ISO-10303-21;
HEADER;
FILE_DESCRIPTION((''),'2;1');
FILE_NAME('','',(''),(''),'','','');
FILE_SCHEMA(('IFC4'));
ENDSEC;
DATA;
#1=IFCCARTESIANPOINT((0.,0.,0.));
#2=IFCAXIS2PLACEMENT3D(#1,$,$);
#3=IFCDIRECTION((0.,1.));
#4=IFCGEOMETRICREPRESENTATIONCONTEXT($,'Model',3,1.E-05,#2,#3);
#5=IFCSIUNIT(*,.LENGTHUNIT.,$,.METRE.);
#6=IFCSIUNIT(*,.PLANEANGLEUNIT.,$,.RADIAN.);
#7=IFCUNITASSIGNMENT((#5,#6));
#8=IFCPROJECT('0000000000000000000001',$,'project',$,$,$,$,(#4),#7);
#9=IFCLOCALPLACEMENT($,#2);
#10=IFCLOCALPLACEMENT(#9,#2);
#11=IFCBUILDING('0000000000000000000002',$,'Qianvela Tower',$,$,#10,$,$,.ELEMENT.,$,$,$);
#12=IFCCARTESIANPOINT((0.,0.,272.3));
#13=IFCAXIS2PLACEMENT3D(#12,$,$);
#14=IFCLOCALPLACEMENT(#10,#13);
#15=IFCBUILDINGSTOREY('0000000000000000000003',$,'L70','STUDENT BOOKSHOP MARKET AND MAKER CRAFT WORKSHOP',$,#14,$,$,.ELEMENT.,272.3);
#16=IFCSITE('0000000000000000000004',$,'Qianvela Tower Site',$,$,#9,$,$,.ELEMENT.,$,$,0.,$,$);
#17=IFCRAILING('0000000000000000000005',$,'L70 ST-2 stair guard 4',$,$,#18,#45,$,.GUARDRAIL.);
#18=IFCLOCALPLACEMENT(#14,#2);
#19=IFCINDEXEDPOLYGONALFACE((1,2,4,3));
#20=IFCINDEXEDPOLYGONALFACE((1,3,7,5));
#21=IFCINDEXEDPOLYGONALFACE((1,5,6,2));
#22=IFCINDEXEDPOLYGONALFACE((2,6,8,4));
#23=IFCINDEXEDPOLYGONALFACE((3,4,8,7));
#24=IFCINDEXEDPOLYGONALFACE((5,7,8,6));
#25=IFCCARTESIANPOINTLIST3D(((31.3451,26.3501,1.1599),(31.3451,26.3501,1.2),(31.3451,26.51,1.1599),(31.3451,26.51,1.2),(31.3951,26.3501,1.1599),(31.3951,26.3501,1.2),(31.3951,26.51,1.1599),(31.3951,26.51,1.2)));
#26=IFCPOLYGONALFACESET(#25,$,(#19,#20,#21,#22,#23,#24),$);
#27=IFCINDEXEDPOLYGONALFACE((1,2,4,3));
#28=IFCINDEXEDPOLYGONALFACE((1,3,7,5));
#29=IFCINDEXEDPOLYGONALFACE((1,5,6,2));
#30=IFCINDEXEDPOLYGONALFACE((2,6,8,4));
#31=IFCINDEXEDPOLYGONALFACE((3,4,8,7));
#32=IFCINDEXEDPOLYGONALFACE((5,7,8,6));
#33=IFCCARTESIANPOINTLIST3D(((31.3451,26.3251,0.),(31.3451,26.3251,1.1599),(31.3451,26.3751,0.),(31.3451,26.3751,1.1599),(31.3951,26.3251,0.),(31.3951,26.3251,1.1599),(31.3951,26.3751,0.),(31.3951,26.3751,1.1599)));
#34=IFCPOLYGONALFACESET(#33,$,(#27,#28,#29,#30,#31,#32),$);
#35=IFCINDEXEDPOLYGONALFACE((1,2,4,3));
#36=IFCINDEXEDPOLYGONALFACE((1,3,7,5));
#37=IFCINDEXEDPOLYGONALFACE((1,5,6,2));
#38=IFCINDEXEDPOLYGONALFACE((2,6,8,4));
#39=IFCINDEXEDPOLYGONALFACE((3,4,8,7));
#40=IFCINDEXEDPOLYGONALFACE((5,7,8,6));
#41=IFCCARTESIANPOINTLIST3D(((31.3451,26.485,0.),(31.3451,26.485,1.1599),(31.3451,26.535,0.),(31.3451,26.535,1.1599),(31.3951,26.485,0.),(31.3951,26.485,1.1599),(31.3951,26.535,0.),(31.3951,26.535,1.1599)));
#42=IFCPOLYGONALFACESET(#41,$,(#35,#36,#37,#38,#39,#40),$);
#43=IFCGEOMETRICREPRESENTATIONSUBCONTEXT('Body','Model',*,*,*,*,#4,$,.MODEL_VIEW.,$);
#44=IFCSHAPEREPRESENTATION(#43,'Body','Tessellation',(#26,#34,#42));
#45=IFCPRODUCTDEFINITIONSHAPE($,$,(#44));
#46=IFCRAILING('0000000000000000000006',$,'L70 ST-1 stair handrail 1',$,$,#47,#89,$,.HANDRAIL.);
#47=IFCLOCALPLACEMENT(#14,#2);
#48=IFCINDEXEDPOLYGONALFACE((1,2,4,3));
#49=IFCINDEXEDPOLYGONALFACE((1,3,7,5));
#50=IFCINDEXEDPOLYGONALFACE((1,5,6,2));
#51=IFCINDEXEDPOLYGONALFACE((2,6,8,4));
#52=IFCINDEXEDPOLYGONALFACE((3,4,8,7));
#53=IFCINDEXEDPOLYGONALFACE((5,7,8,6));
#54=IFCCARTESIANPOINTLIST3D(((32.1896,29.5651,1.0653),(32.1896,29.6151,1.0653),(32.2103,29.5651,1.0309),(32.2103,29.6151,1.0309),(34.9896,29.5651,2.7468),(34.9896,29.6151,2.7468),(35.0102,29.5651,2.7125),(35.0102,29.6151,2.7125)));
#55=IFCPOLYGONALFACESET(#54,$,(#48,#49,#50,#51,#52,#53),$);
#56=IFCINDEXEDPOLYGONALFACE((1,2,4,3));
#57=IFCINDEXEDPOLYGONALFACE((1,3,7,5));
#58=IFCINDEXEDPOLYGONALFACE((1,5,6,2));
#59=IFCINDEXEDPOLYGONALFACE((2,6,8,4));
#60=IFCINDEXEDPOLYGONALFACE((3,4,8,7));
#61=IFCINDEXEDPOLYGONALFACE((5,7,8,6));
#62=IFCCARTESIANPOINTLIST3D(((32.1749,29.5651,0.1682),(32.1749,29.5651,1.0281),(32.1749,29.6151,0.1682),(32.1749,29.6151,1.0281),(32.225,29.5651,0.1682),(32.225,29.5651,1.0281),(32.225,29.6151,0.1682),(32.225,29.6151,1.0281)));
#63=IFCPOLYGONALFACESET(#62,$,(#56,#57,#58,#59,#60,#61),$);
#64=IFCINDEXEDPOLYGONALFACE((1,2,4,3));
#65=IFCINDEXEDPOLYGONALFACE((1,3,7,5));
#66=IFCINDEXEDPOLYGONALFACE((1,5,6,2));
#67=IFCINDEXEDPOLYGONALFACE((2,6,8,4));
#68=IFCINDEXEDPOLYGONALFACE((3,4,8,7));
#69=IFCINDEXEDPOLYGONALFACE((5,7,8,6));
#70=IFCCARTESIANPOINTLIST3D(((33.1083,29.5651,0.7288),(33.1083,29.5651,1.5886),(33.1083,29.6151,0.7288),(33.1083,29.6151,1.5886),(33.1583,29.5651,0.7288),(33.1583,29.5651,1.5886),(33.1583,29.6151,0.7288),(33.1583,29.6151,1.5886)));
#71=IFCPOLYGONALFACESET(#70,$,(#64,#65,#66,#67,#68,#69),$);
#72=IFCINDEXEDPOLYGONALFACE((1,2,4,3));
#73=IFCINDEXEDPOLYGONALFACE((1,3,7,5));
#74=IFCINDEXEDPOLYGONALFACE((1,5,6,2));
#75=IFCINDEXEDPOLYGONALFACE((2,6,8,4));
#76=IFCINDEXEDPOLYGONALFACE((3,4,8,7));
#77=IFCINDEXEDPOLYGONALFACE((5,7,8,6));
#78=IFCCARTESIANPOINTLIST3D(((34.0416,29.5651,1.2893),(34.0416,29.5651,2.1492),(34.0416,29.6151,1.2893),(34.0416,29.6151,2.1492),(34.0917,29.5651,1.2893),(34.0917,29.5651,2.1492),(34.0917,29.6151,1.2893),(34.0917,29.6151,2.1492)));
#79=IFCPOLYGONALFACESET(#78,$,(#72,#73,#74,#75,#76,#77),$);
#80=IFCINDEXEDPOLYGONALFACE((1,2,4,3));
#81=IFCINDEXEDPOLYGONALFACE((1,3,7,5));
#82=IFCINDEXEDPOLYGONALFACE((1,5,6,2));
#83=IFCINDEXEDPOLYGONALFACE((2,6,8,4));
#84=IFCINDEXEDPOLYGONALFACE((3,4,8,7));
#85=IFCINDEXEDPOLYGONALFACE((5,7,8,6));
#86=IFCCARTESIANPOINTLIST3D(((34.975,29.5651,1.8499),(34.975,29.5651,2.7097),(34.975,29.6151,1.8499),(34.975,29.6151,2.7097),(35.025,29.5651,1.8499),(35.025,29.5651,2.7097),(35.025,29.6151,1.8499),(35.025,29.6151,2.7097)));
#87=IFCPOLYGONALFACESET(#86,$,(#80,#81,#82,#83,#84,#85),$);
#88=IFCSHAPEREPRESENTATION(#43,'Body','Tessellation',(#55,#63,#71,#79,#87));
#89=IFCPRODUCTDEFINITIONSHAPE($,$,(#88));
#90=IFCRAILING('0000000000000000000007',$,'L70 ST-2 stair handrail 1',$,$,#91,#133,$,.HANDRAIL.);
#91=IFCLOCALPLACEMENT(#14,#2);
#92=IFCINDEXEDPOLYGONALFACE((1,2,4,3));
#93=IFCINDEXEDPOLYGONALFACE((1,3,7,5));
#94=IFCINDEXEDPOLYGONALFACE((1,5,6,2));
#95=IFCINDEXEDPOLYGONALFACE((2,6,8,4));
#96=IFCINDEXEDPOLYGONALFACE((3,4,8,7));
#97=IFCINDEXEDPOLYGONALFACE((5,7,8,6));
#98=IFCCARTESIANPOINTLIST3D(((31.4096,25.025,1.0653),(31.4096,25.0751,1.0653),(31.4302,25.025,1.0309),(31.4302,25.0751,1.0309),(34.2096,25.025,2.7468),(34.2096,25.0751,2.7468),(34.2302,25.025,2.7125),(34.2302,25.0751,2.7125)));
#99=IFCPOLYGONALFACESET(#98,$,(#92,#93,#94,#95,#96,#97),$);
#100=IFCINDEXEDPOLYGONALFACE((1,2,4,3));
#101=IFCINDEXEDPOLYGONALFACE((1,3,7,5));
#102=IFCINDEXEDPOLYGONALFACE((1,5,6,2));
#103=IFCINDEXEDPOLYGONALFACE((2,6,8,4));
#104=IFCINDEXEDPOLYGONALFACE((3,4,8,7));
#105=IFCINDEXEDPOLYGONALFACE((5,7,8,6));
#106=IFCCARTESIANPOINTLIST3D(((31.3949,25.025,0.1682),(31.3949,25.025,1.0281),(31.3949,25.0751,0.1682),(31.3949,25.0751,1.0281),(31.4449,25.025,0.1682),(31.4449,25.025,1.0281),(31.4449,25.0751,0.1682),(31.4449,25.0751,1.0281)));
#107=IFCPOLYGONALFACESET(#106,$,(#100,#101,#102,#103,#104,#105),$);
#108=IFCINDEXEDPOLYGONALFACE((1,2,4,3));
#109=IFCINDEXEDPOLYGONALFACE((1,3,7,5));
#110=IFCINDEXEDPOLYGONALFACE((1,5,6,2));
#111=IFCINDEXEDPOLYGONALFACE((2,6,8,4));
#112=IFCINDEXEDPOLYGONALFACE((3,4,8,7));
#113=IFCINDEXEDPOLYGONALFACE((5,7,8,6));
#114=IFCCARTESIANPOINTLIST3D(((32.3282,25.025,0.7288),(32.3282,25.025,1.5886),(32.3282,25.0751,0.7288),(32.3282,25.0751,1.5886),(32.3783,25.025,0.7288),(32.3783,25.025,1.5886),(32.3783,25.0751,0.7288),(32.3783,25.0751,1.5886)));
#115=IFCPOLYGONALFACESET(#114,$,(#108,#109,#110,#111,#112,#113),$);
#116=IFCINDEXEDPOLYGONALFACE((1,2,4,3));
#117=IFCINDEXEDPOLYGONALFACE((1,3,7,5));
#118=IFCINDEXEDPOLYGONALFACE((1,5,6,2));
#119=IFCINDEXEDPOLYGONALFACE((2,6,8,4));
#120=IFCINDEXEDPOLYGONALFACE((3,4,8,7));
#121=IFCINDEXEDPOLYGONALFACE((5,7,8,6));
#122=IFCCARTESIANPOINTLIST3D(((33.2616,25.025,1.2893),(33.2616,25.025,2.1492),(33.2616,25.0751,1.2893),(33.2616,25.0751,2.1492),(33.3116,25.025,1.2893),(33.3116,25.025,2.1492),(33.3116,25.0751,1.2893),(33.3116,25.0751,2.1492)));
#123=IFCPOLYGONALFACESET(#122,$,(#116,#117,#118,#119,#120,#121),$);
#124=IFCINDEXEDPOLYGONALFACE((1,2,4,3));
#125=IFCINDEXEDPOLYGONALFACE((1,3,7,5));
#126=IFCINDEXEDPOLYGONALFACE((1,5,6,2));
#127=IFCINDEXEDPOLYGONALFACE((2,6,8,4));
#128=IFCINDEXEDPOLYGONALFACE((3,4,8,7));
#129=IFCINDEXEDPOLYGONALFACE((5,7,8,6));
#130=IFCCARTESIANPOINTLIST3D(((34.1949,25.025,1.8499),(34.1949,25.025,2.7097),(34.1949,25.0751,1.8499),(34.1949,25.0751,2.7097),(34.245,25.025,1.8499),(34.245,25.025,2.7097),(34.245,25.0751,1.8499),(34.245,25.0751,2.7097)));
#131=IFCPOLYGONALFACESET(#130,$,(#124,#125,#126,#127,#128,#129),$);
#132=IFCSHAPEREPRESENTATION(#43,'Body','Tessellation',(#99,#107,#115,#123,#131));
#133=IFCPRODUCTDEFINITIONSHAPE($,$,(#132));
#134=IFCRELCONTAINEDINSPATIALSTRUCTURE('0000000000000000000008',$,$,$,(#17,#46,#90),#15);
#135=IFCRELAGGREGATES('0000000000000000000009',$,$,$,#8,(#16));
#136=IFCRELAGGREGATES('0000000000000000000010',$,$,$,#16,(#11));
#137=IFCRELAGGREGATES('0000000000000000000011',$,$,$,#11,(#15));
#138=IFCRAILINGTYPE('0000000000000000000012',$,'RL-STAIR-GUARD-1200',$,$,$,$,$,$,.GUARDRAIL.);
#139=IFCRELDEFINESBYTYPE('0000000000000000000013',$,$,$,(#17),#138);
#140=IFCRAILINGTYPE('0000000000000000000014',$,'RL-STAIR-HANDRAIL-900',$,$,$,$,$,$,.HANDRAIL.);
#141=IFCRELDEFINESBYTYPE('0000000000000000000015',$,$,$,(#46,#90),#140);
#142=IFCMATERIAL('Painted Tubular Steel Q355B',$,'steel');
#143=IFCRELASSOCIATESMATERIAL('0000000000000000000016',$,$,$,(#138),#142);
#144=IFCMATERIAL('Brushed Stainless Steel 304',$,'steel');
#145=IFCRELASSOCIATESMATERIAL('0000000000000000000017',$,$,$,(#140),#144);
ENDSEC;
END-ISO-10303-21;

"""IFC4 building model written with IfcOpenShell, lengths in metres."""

from ifc_helpers import new_model, si_unit, direction, frame, origin, origin_2d, place, context, subcontext, project, spatial, rectangle, extrude, material, type_object, element, save


model = new_model("IFC4")

# Units and contexts
model_context = context("Model", 3, precision=1e-05, world=origin(), true_north=direction((0.0, 1.0)))
body_context = subcontext(model_context, "Body", "Model", "MODEL_VIEW")
ifc_project = project(units=[si_unit("LENGTHUNIT", "METRE"), si_unit("PLANEANGLEUNIT", "RADIAN")], contexts=[model_context])

# Site, building, storey
site_placement = place(None, origin())
site = spatial("IfcSite", under=ifc_project, at=site_placement, Name="Qianvela Tower Site", CompositionType="ELEMENT", RefElevation=0.0)
building_placement = place(site_placement, origin())
building = spatial("IfcBuilding", under=site, at=building_placement, Name="Qianvela Tower", CompositionType="ELEMENT")
storey_placement = place(building_placement, frame((0.0, 0.0, 272.3)))
storey = spatial("IfcBuildingStorey", under=building, at=storey_placement, Name="L70", Description="STUDENT BOOKSHOP MARKET AND MAKER CRAFT WORKSHOP", CompositionType="ELEMENT", Elevation=272.3)

# Railings
ifc_material_1 = material(Name="Painted Tubular Steel Q355B", Category="steel")
railing_type_1 = type_object("IfcRailingType", Name="RL-STAIR-GUARD-1200", PredefinedType="GUARDRAIL", material=ifc_material_1)
railing_1_placement = place(storey_placement, frame((31.3701, 26.3501, 0.0)))
element("IfcRailing", 1, at=railing_1_placement, inside=storey, type_object=railing_type_1, Name="L70 ST-2 stair guard 4", PredefinedType="GUARDRAIL", context=body_context, shape_type="SweptSolid", body=[
    extrude(rectangle(XDim=0.05, YDim=0.04, at=origin_2d()), frame((0.0, 0.0, 1.1799), z_axis=(0.0, 1.0, 0.0), x_axis=(-1.0, 0.0, 0.0)), (0.0, 0.0, 1.0), 0.1599),
    extrude(rectangle(XDim=0.05, YDim=0.05, at=origin_2d()), origin(), (0.0, 0.0, 1.0), 1.1599),
    extrude(rectangle(XDim=0.05, YDim=0.05, at=origin_2d()), frame((0.0, 0.1599, 0.0)), (0.0, 0.0, 1.0), 1.1599),
])
ifc_material_2 = material(Name="Brushed Stainless Steel 304", Category="steel")
railing_type_2 = type_object("IfcRailingType", Name="RL-STAIR-HANDRAIL-900", PredefinedType="HANDRAIL", material=ifc_material_2)
for number, where, name in (
    (2, (32.2, 29.5901, 0.1682), "L70 ST-1 stair handrail 1"),
    (3, (31.4199, 25.05, 0.1682), "L70 ST-2 stair handrail 1"),
):
    element("IfcRailing", number, at=place(storey_placement, frame(where)), inside=storey, type_object=railing_type_2, Name=name, PredefinedType="HANDRAIL", context=body_context, shape_type="SweptSolid", body=[
        extrude(rectangle(XDim=0.05, YDim=0.04, at=origin_2d()), frame((0.0, 0.0, 0.8799), z_axis=(0.857275, 0.0, 0.514858), x_axis=(0.0, 1.0, 0.0)), (0.0, 0.0, 1.0), 3.2661),
        extrude(rectangle(XDim=0.05, YDim=0.05, at=origin_2d()), origin(), (0.0, 0.0, 1.0), 0.8599),
        extrude(rectangle(XDim=0.05, YDim=0.05, at=origin_2d()), frame((0.9333, 0.0, 0.5605)), (0.0, 0.0, 1.0), 0.8599),
        extrude(rectangle(XDim=0.05, YDim=0.05, at=origin_2d()), frame((1.8667, 0.0, 1.1211)), (0.0, 0.0, 1.0), 0.8599),
        extrude(rectangle(XDim=0.05, YDim=0.05, at=origin_2d()), frame((2.8, 0.0, 1.6816)), (0.0, 0.0, 1.0), 0.8599),
    ])

save(model, "model.ifc")
